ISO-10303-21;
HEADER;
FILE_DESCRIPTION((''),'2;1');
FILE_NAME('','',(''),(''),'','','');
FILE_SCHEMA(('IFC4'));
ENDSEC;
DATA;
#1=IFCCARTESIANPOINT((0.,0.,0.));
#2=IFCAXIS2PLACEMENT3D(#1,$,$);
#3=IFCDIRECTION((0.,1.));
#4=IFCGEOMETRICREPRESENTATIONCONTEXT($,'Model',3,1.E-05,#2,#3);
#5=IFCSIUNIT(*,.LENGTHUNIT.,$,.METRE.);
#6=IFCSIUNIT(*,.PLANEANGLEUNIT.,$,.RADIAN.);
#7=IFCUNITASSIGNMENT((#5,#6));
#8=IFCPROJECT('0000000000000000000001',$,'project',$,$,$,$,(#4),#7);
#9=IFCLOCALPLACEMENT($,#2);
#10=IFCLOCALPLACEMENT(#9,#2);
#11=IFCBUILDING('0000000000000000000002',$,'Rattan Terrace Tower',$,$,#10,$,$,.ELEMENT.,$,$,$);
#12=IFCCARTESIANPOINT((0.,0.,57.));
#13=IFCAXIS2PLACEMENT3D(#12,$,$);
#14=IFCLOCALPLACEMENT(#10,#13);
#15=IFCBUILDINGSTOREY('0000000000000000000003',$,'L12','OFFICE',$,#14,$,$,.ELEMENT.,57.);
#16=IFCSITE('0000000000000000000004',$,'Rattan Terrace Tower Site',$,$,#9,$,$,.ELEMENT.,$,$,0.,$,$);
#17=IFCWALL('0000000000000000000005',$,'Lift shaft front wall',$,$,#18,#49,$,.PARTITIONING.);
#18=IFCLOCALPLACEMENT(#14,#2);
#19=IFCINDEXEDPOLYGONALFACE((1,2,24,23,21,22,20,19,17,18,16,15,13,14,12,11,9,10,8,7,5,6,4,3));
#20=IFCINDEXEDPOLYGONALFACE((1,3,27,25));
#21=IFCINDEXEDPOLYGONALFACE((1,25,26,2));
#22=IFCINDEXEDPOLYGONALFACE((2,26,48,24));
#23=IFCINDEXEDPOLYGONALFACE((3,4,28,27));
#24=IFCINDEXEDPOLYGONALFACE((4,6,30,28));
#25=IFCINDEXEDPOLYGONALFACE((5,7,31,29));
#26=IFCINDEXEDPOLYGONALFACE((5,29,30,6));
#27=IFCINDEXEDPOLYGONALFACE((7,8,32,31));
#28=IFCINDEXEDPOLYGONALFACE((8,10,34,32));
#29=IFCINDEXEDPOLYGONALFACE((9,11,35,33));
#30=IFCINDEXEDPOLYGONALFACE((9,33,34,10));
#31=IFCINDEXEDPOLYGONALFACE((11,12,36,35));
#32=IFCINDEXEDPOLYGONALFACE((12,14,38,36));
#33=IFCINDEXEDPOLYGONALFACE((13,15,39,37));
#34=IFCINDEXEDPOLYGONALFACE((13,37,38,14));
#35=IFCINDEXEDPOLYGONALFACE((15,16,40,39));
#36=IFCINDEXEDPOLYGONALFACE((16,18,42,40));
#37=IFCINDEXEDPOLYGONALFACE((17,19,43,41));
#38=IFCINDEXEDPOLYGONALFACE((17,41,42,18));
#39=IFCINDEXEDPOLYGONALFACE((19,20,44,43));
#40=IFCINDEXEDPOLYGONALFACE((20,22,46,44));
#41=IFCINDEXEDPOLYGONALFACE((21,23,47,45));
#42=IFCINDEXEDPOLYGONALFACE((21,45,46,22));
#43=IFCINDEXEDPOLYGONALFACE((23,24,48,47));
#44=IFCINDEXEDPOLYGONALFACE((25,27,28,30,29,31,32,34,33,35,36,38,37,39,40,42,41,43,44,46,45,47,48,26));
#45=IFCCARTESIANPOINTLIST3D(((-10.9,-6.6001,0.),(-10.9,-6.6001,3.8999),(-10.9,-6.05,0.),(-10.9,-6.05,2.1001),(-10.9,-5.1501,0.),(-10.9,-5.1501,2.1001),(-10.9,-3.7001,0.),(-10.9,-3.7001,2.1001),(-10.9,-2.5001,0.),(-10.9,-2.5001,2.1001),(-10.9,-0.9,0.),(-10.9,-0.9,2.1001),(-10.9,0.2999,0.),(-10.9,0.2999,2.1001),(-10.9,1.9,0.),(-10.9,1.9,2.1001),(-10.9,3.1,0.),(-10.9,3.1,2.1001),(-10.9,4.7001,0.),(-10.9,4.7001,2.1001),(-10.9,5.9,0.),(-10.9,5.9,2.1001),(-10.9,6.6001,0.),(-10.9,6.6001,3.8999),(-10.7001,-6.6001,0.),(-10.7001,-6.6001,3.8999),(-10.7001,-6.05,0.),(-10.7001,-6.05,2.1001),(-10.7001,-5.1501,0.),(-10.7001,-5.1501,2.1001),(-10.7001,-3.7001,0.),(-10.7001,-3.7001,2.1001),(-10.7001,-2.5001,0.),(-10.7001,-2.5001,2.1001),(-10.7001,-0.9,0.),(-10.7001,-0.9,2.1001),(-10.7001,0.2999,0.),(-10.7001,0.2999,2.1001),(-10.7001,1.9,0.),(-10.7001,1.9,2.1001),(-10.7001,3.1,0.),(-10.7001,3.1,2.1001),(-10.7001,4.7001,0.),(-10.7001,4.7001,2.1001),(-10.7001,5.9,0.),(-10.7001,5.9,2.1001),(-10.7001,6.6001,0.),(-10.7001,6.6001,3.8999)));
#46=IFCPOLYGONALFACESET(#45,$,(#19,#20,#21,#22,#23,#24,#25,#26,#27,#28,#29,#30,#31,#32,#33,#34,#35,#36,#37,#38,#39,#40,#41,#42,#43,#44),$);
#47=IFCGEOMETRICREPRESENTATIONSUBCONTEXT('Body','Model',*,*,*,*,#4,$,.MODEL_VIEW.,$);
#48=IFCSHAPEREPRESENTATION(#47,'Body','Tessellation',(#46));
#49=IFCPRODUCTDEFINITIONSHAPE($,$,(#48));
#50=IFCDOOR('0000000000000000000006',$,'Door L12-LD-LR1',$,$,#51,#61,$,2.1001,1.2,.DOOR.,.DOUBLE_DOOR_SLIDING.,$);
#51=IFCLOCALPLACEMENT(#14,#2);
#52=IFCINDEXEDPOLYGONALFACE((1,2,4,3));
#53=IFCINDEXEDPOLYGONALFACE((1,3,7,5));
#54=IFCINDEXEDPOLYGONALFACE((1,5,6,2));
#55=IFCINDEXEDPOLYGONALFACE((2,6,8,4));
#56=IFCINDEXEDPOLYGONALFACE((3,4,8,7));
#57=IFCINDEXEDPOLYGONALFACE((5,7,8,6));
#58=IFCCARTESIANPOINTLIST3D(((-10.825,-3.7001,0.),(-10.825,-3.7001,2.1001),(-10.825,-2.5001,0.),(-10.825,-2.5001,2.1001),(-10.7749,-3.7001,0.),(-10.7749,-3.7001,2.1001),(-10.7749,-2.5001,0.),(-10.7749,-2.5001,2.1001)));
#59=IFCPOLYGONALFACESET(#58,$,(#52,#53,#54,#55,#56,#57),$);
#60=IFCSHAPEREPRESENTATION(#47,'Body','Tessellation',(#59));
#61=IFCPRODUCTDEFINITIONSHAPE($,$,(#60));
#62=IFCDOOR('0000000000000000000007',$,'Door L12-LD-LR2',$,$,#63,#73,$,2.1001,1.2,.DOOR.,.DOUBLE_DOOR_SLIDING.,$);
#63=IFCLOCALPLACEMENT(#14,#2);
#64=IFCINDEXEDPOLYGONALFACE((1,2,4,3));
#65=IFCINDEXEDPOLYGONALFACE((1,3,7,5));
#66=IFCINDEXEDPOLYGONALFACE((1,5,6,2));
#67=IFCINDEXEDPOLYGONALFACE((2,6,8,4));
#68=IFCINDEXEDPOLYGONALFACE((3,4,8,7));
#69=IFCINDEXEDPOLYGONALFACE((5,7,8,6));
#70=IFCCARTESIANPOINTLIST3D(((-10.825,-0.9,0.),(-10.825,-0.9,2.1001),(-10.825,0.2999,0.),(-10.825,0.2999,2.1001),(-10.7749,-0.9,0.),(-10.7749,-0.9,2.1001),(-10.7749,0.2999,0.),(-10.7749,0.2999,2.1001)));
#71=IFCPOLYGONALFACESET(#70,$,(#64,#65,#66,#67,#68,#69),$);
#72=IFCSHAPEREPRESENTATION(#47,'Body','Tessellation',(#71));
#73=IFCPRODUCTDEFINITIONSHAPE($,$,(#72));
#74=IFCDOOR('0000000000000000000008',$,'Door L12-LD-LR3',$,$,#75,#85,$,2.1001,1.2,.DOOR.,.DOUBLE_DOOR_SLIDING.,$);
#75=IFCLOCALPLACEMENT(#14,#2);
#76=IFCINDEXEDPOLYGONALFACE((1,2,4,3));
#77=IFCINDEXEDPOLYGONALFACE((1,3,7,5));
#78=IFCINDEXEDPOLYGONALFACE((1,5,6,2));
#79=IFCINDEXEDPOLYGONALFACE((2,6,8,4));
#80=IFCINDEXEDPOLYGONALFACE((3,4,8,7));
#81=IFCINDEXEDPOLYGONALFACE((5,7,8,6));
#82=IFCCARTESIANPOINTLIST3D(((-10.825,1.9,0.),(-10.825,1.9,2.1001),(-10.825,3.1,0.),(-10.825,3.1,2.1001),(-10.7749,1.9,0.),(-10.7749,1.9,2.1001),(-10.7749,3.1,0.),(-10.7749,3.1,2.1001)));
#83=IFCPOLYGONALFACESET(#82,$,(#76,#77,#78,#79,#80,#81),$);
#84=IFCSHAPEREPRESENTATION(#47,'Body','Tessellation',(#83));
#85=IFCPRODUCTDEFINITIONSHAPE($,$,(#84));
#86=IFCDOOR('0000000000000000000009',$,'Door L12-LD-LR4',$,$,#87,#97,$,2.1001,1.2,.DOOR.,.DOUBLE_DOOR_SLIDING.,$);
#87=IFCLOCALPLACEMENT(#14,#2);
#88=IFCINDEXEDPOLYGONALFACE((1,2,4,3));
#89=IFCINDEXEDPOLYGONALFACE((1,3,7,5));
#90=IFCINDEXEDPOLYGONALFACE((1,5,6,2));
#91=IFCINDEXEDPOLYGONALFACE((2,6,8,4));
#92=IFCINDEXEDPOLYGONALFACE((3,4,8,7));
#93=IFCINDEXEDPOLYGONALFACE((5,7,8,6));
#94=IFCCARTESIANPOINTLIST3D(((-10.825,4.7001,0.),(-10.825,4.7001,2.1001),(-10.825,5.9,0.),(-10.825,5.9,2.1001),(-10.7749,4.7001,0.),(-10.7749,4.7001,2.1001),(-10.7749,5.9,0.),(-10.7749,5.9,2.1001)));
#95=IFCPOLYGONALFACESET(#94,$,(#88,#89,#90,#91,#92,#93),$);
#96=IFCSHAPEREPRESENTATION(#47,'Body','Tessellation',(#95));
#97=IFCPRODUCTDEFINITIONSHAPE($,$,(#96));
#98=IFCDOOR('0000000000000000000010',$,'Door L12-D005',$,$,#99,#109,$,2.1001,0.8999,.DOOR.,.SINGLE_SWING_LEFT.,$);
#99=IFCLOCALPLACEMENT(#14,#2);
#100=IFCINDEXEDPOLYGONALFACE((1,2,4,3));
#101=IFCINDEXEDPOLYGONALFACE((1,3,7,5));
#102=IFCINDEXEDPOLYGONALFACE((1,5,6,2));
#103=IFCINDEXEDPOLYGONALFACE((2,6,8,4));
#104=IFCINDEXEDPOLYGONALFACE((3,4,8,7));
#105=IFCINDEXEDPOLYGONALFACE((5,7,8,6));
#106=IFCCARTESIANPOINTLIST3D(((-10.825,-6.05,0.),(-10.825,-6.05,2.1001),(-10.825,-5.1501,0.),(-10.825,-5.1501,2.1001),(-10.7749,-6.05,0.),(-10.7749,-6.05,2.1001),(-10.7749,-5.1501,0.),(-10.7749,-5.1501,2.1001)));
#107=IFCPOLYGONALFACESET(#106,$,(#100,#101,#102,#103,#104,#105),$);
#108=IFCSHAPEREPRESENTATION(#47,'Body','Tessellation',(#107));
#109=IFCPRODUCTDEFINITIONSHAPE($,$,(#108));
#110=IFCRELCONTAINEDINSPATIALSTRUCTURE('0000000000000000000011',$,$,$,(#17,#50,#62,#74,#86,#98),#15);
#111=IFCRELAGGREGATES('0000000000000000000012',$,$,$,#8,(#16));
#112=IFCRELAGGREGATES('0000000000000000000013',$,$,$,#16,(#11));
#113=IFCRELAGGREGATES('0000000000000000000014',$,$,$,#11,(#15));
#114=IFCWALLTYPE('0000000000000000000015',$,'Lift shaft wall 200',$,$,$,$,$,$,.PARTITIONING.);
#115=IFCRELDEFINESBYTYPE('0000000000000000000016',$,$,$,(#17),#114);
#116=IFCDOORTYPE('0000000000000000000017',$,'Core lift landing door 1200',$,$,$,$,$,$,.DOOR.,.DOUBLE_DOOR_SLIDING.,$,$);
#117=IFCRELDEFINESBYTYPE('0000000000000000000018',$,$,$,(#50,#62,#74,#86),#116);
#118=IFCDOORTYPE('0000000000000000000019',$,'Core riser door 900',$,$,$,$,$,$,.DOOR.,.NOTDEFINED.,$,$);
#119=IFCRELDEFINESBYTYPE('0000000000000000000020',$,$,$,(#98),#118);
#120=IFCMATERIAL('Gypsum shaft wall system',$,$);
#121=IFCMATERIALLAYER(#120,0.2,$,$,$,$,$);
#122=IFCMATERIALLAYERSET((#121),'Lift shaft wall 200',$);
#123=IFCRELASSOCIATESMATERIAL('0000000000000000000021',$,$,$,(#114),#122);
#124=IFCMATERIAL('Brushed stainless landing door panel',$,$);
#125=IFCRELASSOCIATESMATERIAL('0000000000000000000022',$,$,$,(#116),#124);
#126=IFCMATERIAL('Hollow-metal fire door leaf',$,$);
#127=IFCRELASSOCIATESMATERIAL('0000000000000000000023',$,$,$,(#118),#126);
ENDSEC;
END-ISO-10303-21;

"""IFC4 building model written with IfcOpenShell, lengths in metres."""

from ifc_helpers import new_model, si_unit, direction, frame, frame_2d, origin, place, context, subcontext, project, spatial, rectangle, extrude, material, layer, layer_set, type_object, element, fill, save


model = new_model("IFC4")

# Units and contexts
model_context = context("Model", 3, precision=1e-05, world=origin(), true_north=direction((0.0, 1.0)))
body_context = subcontext(model_context, "Body", "Model", "MODEL_VIEW")
ifc_project = project(units=[si_unit("LENGTHUNIT", "METRE"), si_unit("PLANEANGLEUNIT", "RADIAN")], contexts=[model_context])

# Site, building, storey
site_placement = place(None, origin())
site = spatial("IfcSite", under=ifc_project, at=site_placement, Name="Rattan Terrace Tower Site", CompositionType="ELEMENT", RefElevation=0.0)
building_placement = place(site_placement, origin())
building = spatial("IfcBuilding", under=site, at=building_placement, Name="Rattan Terrace Tower", CompositionType="ELEMENT")
storey_placement = place(building_placement, frame((0.0, 0.0, 57.0)))
storey = spatial("IfcBuildingStorey", under=building, at=storey_placement, Name="L12", Description="OFFICE", CompositionType="ELEMENT", Elevation=57.0)

# Wall, openings, doors
ifc_material_1 = material(Name="Gypsum shaft wall system")
ifc_layer = layer(ifc_material_1, 0.2)
ifc_layer_set = layer_set([ifc_layer], Name="Lift shaft wall 200")
wall_type = type_object("IfcWallType", Name="Lift shaft wall 200", PredefinedType="PARTITIONING", material=ifc_layer_set)
wall_1_placement = place(storey_placement, frame((-10.8, -6.6001, 0.0), z_axis=(0.0, 0.0, 1.0), x_axis=(0.0, 1.0, 0.0)))
wall_1 = element("IfcWall", 1, at=wall_1_placement, inside=storey, type_object=wall_type, Name="Lift shaft front wall", PredefinedType="PARTITIONING", context=body_context, shape_type="SweptSolid", body=[
    extrude(rectangle(XDim=13.2002, YDim=0.2, at=frame_2d((6.6001, 0.0))), origin(), (0.0, 0.0, 1.0), 3.8999),
])
opening_1_placement = place(wall_1_placement, frame((0.55, 0.0, 0.0)))
opening_1 = element("IfcOpeningElement", 2, at=opening_1_placement, cuts=wall_1, PredefinedType="OPENING", context=body_context, shape_type="SweptSolid", body=[
    extrude(rectangle(XDim=0.8999, YDim=2.1001, at=frame_2d((0.45, 1.05))), frame((0.0, 0.1106, 0.0), z_axis=(0.0, -1.0, 0.0), x_axis=(1.0, 0.0, 0.0)), (0.0, 0.0, 1.0), 0.2209),
])
opening_2_placement = place(wall_1_placement, frame((2.8999, 0.0, 0.0)))
opening_2 = element("IfcOpeningElement", 3, at=opening_2_placement, cuts=wall_1, PredefinedType="OPENING", context=body_context, shape_type="SweptSolid", body=[
    extrude(rectangle(XDim=1.2, YDim=2.1001, at=frame_2d((0.6001, 1.05))), frame((0.0, 0.1106, 0.0), z_axis=(0.0, -1.0, 0.0), x_axis=(1.0, 0.0, 0.0)), (0.0, 0.0, 1.0), 0.2209),
])
opening_3_placement = place(wall_1_placement, frame((5.7, 0.0, 0.0)))
opening_3 = element("IfcOpeningElement", 4, at=opening_3_placement, cuts=wall_1, PredefinedType="OPENING", context=body_context, shape_type="SweptSolid", body=[
    extrude(rectangle(XDim=1.2, YDim=2.1001, at=frame_2d((0.6001, 1.05))), frame((0.0, 0.1106, 0.0), z_axis=(0.0, -1.0, 0.0), x_axis=(1.0, 0.0, 0.0)), (0.0, 0.0, 1.0), 0.2209),
])
opening_4_placement = place(wall_1_placement, frame((8.5, 0.0, 0.0)))
opening_4 = element("IfcOpeningElement", 5, at=opening_4_placement, cuts=wall_1, PredefinedType="OPENING", context=body_context, shape_type="SweptSolid", body=[
    extrude(rectangle(XDim=1.2, YDim=2.1001, at=frame_2d((0.6001, 1.05))), frame((0.0, 0.1106, 0.0), z_axis=(0.0, -1.0, 0.0), x_axis=(1.0, 0.0, 0.0)), (0.0, 0.0, 1.0), 0.2209),
])
opening_5_placement = place(wall_1_placement, frame((11.3, 0.0, 0.0)))
opening_5 = element("IfcOpeningElement", 6, at=opening_5_placement, cuts=wall_1, PredefinedType="OPENING", context=body_context, shape_type="SweptSolid", body=[
    extrude(rectangle(XDim=1.2, YDim=2.1001, at=frame_2d((0.6001, 1.05))), frame((0.0, 0.1106, 0.0), z_axis=(0.0, -1.0, 0.0), x_axis=(1.0, 0.0, 0.0)), (0.0, 0.0, 1.0), 0.2209),
])
ifc_material_2 = material(Name="Brushed stainless landing door panel")
door_type_1 = type_object("IfcDoorType", Name="Core lift landing door 1200", OperationType="DOUBLE_DOOR_SLIDING", PredefinedType="DOOR", material=ifc_material_2)
door_1_placement = place(opening_2_placement, origin())
door_1 = element("IfcDoor", 7, at=door_1_placement, inside=storey, type_object=door_type_1, Name="Door L12-LD-LR1", OperationType="DOUBLE_DOOR_SLIDING", OverallHeight=2.1001, OverallWidth=1.2, PredefinedType="DOOR", context=body_context, shape_type="SweptSolid", body=[
    extrude(rectangle(XDim=1.2, YDim=2.1001, at=frame_2d((0.6001, 1.05))), frame((0.0, 0.0249, 0.0), z_axis=(0.0, -1.0, 0.0), x_axis=(1.0, 0.0, 0.0)), (0.0, 0.0, 1.0), 0.05),
])
fill(opening_2, door_1)
door_2_placement = place(opening_3_placement, origin())
door_2 = element("IfcDoor", 8, at=door_2_placement, inside=storey, type_object=door_type_1, Name="Door L12-LD-LR2", OperationType="DOUBLE_DOOR_SLIDING", OverallHeight=2.1001, OverallWidth=1.2, PredefinedType="DOOR", context=body_context, shape_type="SweptSolid", body=[
    extrude(rectangle(XDim=1.2, YDim=2.1001, at=frame_2d((0.6001, 1.05))), frame((0.0, 0.0249, 0.0), z_axis=(0.0, -1.0, 0.0), x_axis=(1.0, 0.0, 0.0)), (0.0, 0.0, 1.0), 0.05),
])
fill(opening_3, door_2)
door_3_placement = place(opening_4_placement, origin())
door_3 = element("IfcDoor", 9, at=door_3_placement, inside=storey, type_object=door_type_1, Name="Door L12-LD-LR3", OperationType="DOUBLE_DOOR_SLIDING", OverallHeight=2.1001, OverallWidth=1.2, PredefinedType="DOOR", context=body_context, shape_type="SweptSolid", body=[
    extrude(rectangle(XDim=1.2, YDim=2.1001, at=frame_2d((0.6001, 1.05))), frame((0.0, 0.0249, 0.0), z_axis=(0.0, -1.0, 0.0), x_axis=(1.0, 0.0, 0.0)), (0.0, 0.0, 1.0), 0.05),
])
fill(opening_4, door_3)
door_4_placement = place(opening_5_placement, origin())
door_4 = element("IfcDoor", 10, at=door_4_placement, inside=storey, type_object=door_type_1, Name="Door L12-LD-LR4", OperationType="DOUBLE_DOOR_SLIDING", OverallHeight=2.1001, OverallWidth=1.2, PredefinedType="DOOR", context=body_context, shape_type="SweptSolid", body=[
    extrude(rectangle(XDim=1.2, YDim=2.1001, at=frame_2d((0.6001, 1.05))), frame((0.0, 0.0249, 0.0), z_axis=(0.0, -1.0, 0.0), x_axis=(1.0, 0.0, 0.0)), (0.0, 0.0, 1.0), 0.05),
])
fill(opening_5, door_4)
ifc_material_3 = material(Name="Hollow-metal fire door leaf")
door_type_2 = type_object("IfcDoorType", Name="Core riser door 900", OperationType="NOTDEFINED", PredefinedType="DOOR", material=ifc_material_3)
door_5_placement = place(opening_1_placement, origin())
door_5 = element("IfcDoor", 11, at=door_5_placement, inside=storey, type_object=door_type_2, Name="Door L12-D005", OperationType="SINGLE_SWING_LEFT", OverallHeight=2.1001, OverallWidth=0.8999, PredefinedType="DOOR", context=body_context, shape_type="SweptSolid", body=[
    extrude(rectangle(XDim=0.8999, YDim=2.1001, at=frame_2d((0.45, 1.05))), frame((0.0, 0.0249, 0.0), z_axis=(0.0, -1.0, 0.0), x_axis=(1.0, 0.0, 0.0)), (0.0, 0.0, 1.0), 0.05),
])
fill(opening_1, door_5)

save(model, "model.ifc")
